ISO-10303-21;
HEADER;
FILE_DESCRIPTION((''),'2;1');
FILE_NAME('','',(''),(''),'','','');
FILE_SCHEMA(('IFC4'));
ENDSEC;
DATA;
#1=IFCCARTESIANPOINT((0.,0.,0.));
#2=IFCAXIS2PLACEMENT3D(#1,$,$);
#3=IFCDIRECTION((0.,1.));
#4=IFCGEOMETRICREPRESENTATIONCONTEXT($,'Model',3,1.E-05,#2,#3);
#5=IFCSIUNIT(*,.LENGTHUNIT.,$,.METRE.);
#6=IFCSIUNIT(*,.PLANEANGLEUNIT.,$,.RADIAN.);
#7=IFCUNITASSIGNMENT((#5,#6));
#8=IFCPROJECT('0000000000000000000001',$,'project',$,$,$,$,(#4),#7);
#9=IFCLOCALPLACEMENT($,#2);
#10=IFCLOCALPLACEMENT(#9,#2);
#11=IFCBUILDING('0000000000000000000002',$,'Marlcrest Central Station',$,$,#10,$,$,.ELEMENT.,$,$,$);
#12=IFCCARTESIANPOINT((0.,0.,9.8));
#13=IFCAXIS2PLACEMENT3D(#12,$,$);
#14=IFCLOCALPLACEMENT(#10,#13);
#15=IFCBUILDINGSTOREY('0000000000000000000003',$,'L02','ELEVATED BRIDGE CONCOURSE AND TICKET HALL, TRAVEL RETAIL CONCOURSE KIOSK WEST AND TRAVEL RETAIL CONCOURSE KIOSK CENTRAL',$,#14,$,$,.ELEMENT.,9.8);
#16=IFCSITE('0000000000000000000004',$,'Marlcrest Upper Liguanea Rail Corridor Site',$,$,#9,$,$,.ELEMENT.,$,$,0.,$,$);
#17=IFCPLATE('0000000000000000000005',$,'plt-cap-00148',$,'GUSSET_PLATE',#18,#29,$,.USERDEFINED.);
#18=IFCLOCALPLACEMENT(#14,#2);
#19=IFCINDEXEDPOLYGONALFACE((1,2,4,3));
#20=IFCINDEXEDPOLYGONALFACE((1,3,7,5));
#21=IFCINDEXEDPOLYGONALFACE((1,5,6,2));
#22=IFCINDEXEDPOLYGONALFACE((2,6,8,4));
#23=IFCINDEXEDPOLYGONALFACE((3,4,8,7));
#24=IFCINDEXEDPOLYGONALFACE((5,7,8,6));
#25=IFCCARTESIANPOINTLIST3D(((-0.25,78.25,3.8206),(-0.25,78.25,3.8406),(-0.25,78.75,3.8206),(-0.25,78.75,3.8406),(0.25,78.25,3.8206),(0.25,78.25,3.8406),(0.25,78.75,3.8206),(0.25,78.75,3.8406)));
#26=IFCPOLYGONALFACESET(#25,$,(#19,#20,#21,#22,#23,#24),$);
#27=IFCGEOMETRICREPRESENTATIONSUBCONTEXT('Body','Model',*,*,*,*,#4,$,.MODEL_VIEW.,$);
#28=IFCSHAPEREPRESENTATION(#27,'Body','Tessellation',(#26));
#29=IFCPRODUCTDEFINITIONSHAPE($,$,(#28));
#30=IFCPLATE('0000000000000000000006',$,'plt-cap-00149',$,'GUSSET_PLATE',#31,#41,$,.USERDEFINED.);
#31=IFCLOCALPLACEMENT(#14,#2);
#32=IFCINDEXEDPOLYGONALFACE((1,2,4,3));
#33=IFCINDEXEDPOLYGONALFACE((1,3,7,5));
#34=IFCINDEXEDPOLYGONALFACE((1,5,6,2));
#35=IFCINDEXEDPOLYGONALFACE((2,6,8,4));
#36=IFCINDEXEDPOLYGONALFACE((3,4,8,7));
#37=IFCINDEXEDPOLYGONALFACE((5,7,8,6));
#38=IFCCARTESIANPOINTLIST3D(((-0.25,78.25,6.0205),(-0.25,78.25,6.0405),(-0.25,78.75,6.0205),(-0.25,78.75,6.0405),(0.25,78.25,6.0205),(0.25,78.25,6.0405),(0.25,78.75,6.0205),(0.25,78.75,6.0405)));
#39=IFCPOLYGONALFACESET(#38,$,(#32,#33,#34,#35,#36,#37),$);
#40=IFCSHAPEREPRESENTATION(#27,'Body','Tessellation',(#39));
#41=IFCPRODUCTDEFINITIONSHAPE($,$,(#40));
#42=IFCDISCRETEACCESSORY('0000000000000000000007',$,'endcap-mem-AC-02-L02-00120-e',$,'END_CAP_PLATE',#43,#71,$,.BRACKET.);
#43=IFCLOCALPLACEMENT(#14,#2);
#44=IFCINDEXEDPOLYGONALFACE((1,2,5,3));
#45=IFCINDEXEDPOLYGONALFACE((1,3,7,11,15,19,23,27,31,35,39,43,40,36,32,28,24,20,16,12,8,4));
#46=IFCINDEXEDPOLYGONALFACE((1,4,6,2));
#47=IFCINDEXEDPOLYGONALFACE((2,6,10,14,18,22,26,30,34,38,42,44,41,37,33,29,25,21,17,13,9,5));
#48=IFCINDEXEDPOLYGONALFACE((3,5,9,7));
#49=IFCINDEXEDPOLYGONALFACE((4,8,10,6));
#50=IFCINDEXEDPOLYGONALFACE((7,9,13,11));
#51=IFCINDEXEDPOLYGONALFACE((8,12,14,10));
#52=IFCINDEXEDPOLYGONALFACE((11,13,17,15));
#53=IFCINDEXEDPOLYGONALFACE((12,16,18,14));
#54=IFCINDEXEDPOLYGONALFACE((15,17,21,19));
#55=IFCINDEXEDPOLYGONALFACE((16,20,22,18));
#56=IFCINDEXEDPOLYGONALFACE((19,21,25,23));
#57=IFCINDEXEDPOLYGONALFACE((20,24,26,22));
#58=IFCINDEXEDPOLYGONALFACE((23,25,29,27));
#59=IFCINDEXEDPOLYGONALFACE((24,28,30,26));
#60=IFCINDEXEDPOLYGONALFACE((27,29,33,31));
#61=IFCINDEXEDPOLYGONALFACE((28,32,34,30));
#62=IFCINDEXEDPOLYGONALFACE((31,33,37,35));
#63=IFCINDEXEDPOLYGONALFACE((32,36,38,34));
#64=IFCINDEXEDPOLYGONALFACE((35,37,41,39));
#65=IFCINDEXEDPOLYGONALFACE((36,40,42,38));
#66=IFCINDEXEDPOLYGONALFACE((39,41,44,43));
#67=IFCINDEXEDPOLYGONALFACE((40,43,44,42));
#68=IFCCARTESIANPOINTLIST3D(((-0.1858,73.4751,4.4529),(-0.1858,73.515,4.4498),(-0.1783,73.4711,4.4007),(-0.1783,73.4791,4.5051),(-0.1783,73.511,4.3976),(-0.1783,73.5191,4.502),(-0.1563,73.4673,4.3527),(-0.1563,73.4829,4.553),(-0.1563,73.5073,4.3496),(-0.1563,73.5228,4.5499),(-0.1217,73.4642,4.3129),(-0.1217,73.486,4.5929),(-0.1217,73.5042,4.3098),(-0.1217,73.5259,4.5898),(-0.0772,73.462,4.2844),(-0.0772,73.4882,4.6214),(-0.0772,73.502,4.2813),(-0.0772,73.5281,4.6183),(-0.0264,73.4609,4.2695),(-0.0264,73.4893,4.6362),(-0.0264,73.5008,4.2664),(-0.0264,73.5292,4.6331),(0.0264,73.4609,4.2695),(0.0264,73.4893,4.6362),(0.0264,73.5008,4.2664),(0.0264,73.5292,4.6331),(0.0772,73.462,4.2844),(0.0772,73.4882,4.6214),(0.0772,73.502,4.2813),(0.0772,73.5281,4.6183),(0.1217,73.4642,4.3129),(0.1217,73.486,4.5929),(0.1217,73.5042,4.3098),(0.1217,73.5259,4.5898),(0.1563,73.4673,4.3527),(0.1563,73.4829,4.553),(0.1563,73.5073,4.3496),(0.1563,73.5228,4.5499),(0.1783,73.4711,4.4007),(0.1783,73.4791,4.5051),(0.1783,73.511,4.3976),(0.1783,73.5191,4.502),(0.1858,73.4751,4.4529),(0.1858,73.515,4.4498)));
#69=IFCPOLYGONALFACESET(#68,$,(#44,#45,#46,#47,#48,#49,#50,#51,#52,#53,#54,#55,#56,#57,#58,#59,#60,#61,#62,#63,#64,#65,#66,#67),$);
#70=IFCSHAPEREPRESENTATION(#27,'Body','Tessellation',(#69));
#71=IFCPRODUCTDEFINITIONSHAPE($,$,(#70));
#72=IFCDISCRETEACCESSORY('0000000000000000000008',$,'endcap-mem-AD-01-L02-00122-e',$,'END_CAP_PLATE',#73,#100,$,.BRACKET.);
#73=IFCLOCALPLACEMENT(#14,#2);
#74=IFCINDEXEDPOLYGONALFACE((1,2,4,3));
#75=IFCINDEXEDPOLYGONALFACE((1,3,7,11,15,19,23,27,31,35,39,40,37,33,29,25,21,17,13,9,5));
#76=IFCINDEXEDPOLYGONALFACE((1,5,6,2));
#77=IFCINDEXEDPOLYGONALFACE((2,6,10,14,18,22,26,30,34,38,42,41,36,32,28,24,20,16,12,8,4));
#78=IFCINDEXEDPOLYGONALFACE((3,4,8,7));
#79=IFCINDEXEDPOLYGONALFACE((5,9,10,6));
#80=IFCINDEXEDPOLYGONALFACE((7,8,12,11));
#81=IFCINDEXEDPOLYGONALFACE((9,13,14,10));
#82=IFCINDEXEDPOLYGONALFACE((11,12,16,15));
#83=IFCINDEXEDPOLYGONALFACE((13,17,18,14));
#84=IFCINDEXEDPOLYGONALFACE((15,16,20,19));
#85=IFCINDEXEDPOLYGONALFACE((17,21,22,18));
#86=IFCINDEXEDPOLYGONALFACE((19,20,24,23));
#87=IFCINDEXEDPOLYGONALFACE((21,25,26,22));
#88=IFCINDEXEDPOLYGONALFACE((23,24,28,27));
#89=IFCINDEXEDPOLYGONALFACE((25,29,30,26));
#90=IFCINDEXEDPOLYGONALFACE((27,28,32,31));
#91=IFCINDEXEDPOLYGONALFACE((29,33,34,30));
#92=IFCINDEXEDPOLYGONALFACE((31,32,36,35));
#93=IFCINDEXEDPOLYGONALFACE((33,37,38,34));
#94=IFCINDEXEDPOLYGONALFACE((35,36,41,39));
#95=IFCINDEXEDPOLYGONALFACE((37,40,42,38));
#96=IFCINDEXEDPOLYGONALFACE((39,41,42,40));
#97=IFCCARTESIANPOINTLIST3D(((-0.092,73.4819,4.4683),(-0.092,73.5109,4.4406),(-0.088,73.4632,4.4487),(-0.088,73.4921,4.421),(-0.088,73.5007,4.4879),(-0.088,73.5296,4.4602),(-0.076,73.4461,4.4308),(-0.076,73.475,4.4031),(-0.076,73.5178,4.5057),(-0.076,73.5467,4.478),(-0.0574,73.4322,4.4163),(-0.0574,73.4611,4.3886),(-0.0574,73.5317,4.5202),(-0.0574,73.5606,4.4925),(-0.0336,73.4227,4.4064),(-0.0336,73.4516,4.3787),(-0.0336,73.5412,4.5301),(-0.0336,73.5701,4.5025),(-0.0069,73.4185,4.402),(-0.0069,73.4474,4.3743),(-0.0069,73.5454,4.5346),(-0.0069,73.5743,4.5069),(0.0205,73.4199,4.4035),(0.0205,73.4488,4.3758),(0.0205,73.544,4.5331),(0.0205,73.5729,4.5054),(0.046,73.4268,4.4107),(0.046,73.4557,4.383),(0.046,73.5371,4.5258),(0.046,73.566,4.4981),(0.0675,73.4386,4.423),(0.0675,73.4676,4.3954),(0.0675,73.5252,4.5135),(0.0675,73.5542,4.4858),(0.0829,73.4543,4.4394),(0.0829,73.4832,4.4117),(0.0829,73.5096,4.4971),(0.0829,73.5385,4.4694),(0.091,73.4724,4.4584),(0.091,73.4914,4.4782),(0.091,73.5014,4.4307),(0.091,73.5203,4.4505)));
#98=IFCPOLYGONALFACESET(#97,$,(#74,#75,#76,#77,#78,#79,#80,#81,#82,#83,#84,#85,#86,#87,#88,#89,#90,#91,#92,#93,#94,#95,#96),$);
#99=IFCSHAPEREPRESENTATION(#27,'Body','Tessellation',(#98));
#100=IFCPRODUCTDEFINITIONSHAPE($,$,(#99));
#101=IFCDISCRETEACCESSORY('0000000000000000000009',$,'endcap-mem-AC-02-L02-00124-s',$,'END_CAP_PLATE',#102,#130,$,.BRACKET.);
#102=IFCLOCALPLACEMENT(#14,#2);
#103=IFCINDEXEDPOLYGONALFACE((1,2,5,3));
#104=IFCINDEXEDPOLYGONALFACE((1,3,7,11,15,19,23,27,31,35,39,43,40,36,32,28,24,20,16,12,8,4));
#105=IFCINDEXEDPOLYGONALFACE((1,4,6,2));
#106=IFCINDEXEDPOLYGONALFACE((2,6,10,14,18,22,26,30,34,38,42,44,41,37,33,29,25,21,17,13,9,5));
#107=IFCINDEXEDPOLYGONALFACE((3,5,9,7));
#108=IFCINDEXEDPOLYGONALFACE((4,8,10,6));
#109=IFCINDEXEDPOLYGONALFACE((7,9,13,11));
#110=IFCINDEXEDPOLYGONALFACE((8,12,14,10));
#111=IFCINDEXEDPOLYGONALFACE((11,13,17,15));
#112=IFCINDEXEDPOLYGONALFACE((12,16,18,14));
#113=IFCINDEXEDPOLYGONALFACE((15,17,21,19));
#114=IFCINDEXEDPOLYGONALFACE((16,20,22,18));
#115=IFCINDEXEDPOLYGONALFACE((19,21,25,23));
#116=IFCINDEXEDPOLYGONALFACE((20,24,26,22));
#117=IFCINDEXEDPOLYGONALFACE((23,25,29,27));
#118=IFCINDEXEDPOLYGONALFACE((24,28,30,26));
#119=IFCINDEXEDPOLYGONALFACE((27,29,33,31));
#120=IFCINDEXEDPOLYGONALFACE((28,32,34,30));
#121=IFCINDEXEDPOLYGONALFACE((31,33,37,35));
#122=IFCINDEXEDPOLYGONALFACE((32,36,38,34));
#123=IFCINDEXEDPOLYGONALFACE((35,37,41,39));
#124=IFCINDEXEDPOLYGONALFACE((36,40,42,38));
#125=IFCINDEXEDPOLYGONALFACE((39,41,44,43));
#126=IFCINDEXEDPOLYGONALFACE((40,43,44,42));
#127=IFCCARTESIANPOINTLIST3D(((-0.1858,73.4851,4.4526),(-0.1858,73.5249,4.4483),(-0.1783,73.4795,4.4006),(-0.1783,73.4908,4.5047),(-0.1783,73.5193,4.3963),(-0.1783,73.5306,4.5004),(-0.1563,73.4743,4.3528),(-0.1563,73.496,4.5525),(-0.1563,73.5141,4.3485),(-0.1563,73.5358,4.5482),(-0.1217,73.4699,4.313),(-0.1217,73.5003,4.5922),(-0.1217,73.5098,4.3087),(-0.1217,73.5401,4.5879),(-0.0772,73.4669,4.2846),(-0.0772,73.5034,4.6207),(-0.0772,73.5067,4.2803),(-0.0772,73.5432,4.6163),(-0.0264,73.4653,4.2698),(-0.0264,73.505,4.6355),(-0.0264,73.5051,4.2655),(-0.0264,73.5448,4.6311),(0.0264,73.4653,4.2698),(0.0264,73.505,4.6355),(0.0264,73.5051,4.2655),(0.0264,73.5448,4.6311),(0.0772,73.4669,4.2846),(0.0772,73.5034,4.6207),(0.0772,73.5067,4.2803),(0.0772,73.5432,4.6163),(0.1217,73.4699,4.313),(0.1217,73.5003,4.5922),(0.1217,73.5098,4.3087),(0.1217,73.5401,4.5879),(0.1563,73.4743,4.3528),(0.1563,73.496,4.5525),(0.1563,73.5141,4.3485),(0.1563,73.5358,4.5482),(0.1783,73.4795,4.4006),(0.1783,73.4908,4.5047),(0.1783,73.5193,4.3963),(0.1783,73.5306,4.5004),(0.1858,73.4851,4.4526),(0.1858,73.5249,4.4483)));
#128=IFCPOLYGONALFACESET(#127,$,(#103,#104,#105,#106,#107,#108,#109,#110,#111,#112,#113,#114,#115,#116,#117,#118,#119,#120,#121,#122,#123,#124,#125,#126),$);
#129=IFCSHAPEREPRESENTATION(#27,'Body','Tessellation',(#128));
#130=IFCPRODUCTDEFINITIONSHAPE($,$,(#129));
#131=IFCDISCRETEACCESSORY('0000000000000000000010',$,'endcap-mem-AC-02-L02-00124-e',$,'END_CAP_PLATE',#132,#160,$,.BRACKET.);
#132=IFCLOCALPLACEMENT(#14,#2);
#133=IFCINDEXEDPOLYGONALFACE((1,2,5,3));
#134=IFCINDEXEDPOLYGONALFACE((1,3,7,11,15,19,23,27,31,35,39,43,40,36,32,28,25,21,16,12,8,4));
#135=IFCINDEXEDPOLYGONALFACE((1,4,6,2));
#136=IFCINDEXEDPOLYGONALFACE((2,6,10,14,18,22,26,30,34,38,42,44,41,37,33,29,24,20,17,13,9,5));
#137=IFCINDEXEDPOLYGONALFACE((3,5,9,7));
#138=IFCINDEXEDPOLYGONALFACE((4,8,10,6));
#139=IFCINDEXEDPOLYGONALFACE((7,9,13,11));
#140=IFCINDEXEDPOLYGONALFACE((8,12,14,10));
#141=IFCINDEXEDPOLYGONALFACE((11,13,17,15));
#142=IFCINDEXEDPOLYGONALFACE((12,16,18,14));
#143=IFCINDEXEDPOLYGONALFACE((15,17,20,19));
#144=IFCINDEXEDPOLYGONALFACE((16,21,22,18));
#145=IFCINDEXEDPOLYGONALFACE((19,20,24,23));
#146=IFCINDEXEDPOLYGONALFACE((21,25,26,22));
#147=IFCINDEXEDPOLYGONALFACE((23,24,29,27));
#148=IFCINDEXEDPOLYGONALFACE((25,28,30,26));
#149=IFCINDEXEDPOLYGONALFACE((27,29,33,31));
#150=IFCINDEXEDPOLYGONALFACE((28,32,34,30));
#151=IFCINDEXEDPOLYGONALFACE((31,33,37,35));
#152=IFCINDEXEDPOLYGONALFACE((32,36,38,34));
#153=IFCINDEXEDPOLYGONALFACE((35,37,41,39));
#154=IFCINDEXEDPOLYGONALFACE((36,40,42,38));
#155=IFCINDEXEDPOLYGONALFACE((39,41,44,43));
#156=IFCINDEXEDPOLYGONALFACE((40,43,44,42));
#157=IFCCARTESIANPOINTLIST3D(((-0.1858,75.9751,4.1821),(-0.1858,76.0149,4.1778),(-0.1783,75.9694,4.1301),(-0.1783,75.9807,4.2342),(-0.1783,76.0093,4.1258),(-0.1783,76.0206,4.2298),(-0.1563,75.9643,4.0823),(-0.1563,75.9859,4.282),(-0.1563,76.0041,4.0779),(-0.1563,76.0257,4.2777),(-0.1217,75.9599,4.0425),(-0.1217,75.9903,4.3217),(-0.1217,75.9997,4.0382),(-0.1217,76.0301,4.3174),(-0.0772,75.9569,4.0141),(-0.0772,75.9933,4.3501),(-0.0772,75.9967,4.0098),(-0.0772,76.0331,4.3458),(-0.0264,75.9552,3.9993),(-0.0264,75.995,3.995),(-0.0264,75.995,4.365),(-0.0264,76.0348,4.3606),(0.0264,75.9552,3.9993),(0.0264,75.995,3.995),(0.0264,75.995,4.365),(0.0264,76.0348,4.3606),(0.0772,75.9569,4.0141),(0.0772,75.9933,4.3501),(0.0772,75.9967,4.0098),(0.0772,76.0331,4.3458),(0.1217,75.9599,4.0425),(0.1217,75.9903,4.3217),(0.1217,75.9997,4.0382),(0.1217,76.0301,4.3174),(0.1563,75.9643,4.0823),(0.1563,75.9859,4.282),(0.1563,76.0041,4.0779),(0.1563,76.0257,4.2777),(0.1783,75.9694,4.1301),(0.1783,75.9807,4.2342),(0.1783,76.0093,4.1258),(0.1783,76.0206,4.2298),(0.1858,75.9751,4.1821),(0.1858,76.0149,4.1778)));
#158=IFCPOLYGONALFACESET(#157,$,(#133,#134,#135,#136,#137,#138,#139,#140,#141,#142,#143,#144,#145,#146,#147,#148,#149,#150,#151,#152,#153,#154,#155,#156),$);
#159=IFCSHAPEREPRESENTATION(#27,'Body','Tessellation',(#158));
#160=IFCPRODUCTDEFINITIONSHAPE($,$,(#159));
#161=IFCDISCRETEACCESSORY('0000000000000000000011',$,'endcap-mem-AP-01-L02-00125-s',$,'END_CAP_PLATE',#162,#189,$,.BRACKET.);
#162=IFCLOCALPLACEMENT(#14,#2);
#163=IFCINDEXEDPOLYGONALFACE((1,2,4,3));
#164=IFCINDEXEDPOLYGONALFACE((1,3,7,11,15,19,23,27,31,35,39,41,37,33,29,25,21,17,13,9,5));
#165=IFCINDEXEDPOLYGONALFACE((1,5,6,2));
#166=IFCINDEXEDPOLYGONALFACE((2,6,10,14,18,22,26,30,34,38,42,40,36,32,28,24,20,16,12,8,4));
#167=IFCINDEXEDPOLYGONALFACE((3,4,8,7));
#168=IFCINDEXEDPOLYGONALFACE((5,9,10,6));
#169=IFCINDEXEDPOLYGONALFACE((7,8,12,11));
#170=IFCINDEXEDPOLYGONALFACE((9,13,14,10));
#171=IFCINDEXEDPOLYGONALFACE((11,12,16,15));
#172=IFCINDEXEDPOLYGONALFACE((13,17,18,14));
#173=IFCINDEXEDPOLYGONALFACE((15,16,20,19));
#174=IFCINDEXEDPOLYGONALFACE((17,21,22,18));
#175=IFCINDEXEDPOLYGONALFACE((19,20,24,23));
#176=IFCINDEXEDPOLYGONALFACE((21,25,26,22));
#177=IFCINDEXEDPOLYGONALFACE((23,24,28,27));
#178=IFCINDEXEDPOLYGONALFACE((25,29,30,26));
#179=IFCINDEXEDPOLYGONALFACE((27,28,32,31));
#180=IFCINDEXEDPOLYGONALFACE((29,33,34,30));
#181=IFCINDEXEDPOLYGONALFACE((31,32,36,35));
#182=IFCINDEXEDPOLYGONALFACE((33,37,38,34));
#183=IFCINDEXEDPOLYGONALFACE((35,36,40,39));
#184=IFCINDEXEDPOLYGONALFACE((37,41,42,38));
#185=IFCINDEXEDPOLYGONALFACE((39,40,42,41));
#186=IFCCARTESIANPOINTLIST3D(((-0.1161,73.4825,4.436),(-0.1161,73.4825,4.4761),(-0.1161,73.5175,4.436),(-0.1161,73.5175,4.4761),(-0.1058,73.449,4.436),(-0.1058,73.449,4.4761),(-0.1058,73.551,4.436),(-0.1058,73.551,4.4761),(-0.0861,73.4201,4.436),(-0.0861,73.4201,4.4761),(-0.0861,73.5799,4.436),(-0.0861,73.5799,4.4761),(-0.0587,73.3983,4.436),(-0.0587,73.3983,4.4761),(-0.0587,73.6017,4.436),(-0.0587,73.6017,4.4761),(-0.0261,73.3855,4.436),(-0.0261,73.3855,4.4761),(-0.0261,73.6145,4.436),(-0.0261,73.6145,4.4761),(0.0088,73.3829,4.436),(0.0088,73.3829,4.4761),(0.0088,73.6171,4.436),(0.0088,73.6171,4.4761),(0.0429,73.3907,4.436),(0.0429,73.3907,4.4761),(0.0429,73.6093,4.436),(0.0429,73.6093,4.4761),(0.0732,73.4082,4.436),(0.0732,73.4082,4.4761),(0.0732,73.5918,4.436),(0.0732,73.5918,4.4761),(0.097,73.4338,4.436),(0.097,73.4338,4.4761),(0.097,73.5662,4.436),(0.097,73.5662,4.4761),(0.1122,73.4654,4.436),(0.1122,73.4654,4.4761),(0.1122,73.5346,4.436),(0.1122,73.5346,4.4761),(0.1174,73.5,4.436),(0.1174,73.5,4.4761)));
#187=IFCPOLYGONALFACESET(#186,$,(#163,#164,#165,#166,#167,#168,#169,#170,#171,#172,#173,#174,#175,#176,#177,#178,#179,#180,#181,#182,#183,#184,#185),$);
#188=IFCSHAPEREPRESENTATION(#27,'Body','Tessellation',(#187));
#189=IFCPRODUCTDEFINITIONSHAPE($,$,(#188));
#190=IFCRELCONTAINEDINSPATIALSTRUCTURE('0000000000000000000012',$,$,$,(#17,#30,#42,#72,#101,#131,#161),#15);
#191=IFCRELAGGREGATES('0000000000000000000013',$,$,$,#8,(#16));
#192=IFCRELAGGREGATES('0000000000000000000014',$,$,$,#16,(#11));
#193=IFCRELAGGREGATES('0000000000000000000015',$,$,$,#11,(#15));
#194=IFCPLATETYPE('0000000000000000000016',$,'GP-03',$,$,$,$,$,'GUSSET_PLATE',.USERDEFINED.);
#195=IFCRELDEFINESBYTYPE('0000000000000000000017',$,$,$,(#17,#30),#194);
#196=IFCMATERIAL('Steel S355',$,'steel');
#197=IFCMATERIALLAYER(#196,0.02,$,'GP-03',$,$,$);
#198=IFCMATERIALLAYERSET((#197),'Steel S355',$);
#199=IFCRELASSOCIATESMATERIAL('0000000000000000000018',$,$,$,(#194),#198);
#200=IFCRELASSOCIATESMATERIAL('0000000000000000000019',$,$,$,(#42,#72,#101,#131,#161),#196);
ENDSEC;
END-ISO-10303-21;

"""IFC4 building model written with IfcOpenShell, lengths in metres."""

from ifc_helpers import new_model, si_unit, direction, frame, origin, origin_2d, place, context, subcontext, project, spatial, rectangle, circle, extrude, material, layer, layer_set, type_object, element, save


model = new_model("IFC4")

# Units and contexts
model_context = context("Model", 3, precision=1e-05, world=origin(), true_north=direction((0.0, 1.0)))
body_context = subcontext(model_context, "Body", "Model", "MODEL_VIEW")
ifc_project = project(units=[si_unit("LENGTHUNIT", "METRE"), si_unit("PLANEANGLEUNIT", "RADIAN")], contexts=[model_context])

# Site, building, storey
site_placement = place(None, origin())
site = spatial("IfcSite", under=ifc_project, at=site_placement, Name="Marlcrest Upper Liguanea Rail Corridor Site", CompositionType="ELEMENT", RefElevation=0.0)
building_placement = place(site_placement, origin())
building = spatial("IfcBuilding", under=site, at=building_placement, Name="Marlcrest Central Station", CompositionType="ELEMENT")
storey_placement = place(building_placement, frame((0.0, 0.0, 9.8)))
storey = spatial("IfcBuildingStorey", under=building, at=storey_placement, Name="L02", Description="ELEVATED BRIDGE CONCOURSE AND TICKET HALL, TRAVEL RETAIL CONCOURSE KIOSK WEST AND TRAVEL RETAIL CONCOURSE KIOSK CENTRAL", CompositionType="ELEMENT", Elevation=9.8)

# Shared definitions
ifc_material = material(Name="Steel S355", Category="steel")

# Plates
ifc_layer = layer(ifc_material, 0.02, Name="GP-03")
ifc_layer_set = layer_set([ifc_layer], Name="Steel S355")
plate_type = type_object("IfcPlateType", Name="GP-03", ElementType="GUSSET_PLATE", PredefinedType="USERDEFINED", material=ifc_layer_set)
for number, where, z_axis, x_axis, name in (
    (1, (0.0, 78.5, 3.8206), (0.0, 0.0, 1.0), (1.0, 0.0, 0.0), "plt-cap-00148"),
    (2, (0.0, 78.5, 6.0205), (0.0, 0.0, 1.0), (1.0, 0.0, 0.0), "plt-cap-00149"),
):
    element("IfcPlate", number, at=place(storey_placement, frame(where, z_axis=z_axis, x_axis=x_axis)), inside=storey, type_object=plate_type, Name=name, ObjectType="GUSSET_PLATE", PredefinedType="USERDEFINED", context=body_context, shape_type="SweptSolid", body=[
        extrude(rectangle(XDim=0.5, YDim=0.5, at=origin_2d()), origin(), (0.0, 0.0, 1.0), 0.02),
    ])

# Discrete accessories
discrete_accessory_1_placement = place(storey_placement, frame((0.0, 73.4751, 4.4529), z_axis=(0.0, 0.997007, -0.077307), x_axis=(-1.0, 0.0, 0.0)))
element("IfcDiscreteAccessory", 3, at=discrete_accessory_1_placement, inside=storey, material=ifc_material, Name="endcap-mem-AC-02-L02-00120-e", ObjectType="END_CAP_PLATE", PredefinedType="BRACKET", context=body_context, shape_type="SweptSolid", body=[
    extrude(circle(Radius=0.1858, at=origin_2d()), origin(), (0.0, 0.0, 1.0), 0.04),
])
discrete_accessory_2_placement = place(storey_placement, frame((0.0, 73.4819, 4.4683), z_axis=(0.0, 0.722247, -0.691636), x_axis=(-1.0, 0.0, 0.0)))
element("IfcDiscreteAccessory", 4, at=discrete_accessory_2_placement, inside=storey, material=ifc_material, Name="endcap-mem-AD-01-L02-00122-e", ObjectType="END_CAP_PLATE", PredefinedType="BRACKET", context=body_context, shape_type="SweptSolid", body=[
    extrude(circle(Radius=0.092, at=origin_2d()), origin(), (0.0, 0.0, 1.0), 0.04),
])
for number, where, z_axis, x_axis, name in (
    (5, (0.0, 73.4851, 4.4526), (0.0, 0.994155, -0.107959), (-1.0, 0.0, 0.0), "endcap-mem-AC-02-L02-00124-s"),
    (6, (0.0, 75.9751, 4.1821), (0.0, 0.994155, -0.107959), (-1.0, 0.0, 0.0), "endcap-mem-AC-02-L02-00124-e"),
):
    element("IfcDiscreteAccessory", number, at=place(storey_placement, frame(where, z_axis=z_axis, x_axis=x_axis)), inside=storey, material=ifc_material, Name=name, ObjectType="END_CAP_PLATE", PredefinedType="BRACKET", context=body_context, shape_type="SweptSolid", body=[
        extrude(circle(Radius=0.1858, at=origin_2d()), origin(), (0.0, 0.0, 1.0), 0.04),
    ])
for number, where, z_axis, x_axis, name in (
    (7, (0.0, 73.5, 4.436), (0.0, 0.0, 1.0), (1.0, 0.0, 0.0), "endcap-mem-AP-01-L02-00125-s"),
):
    element("IfcDiscreteAccessory", number, at=place(storey_placement, frame(where, z_axis=z_axis, x_axis=x_axis)), inside=storey, material=ifc_material, Name=name, ObjectType="END_CAP_PLATE", PredefinedType="BRACKET", context=body_context, shape_type="SweptSolid", body=[
        extrude(circle(Radius=0.1174, at=origin_2d()), origin(), (0.0, 0.0, 1.0), 0.04),
    ])

save(model, "model.ifc")
